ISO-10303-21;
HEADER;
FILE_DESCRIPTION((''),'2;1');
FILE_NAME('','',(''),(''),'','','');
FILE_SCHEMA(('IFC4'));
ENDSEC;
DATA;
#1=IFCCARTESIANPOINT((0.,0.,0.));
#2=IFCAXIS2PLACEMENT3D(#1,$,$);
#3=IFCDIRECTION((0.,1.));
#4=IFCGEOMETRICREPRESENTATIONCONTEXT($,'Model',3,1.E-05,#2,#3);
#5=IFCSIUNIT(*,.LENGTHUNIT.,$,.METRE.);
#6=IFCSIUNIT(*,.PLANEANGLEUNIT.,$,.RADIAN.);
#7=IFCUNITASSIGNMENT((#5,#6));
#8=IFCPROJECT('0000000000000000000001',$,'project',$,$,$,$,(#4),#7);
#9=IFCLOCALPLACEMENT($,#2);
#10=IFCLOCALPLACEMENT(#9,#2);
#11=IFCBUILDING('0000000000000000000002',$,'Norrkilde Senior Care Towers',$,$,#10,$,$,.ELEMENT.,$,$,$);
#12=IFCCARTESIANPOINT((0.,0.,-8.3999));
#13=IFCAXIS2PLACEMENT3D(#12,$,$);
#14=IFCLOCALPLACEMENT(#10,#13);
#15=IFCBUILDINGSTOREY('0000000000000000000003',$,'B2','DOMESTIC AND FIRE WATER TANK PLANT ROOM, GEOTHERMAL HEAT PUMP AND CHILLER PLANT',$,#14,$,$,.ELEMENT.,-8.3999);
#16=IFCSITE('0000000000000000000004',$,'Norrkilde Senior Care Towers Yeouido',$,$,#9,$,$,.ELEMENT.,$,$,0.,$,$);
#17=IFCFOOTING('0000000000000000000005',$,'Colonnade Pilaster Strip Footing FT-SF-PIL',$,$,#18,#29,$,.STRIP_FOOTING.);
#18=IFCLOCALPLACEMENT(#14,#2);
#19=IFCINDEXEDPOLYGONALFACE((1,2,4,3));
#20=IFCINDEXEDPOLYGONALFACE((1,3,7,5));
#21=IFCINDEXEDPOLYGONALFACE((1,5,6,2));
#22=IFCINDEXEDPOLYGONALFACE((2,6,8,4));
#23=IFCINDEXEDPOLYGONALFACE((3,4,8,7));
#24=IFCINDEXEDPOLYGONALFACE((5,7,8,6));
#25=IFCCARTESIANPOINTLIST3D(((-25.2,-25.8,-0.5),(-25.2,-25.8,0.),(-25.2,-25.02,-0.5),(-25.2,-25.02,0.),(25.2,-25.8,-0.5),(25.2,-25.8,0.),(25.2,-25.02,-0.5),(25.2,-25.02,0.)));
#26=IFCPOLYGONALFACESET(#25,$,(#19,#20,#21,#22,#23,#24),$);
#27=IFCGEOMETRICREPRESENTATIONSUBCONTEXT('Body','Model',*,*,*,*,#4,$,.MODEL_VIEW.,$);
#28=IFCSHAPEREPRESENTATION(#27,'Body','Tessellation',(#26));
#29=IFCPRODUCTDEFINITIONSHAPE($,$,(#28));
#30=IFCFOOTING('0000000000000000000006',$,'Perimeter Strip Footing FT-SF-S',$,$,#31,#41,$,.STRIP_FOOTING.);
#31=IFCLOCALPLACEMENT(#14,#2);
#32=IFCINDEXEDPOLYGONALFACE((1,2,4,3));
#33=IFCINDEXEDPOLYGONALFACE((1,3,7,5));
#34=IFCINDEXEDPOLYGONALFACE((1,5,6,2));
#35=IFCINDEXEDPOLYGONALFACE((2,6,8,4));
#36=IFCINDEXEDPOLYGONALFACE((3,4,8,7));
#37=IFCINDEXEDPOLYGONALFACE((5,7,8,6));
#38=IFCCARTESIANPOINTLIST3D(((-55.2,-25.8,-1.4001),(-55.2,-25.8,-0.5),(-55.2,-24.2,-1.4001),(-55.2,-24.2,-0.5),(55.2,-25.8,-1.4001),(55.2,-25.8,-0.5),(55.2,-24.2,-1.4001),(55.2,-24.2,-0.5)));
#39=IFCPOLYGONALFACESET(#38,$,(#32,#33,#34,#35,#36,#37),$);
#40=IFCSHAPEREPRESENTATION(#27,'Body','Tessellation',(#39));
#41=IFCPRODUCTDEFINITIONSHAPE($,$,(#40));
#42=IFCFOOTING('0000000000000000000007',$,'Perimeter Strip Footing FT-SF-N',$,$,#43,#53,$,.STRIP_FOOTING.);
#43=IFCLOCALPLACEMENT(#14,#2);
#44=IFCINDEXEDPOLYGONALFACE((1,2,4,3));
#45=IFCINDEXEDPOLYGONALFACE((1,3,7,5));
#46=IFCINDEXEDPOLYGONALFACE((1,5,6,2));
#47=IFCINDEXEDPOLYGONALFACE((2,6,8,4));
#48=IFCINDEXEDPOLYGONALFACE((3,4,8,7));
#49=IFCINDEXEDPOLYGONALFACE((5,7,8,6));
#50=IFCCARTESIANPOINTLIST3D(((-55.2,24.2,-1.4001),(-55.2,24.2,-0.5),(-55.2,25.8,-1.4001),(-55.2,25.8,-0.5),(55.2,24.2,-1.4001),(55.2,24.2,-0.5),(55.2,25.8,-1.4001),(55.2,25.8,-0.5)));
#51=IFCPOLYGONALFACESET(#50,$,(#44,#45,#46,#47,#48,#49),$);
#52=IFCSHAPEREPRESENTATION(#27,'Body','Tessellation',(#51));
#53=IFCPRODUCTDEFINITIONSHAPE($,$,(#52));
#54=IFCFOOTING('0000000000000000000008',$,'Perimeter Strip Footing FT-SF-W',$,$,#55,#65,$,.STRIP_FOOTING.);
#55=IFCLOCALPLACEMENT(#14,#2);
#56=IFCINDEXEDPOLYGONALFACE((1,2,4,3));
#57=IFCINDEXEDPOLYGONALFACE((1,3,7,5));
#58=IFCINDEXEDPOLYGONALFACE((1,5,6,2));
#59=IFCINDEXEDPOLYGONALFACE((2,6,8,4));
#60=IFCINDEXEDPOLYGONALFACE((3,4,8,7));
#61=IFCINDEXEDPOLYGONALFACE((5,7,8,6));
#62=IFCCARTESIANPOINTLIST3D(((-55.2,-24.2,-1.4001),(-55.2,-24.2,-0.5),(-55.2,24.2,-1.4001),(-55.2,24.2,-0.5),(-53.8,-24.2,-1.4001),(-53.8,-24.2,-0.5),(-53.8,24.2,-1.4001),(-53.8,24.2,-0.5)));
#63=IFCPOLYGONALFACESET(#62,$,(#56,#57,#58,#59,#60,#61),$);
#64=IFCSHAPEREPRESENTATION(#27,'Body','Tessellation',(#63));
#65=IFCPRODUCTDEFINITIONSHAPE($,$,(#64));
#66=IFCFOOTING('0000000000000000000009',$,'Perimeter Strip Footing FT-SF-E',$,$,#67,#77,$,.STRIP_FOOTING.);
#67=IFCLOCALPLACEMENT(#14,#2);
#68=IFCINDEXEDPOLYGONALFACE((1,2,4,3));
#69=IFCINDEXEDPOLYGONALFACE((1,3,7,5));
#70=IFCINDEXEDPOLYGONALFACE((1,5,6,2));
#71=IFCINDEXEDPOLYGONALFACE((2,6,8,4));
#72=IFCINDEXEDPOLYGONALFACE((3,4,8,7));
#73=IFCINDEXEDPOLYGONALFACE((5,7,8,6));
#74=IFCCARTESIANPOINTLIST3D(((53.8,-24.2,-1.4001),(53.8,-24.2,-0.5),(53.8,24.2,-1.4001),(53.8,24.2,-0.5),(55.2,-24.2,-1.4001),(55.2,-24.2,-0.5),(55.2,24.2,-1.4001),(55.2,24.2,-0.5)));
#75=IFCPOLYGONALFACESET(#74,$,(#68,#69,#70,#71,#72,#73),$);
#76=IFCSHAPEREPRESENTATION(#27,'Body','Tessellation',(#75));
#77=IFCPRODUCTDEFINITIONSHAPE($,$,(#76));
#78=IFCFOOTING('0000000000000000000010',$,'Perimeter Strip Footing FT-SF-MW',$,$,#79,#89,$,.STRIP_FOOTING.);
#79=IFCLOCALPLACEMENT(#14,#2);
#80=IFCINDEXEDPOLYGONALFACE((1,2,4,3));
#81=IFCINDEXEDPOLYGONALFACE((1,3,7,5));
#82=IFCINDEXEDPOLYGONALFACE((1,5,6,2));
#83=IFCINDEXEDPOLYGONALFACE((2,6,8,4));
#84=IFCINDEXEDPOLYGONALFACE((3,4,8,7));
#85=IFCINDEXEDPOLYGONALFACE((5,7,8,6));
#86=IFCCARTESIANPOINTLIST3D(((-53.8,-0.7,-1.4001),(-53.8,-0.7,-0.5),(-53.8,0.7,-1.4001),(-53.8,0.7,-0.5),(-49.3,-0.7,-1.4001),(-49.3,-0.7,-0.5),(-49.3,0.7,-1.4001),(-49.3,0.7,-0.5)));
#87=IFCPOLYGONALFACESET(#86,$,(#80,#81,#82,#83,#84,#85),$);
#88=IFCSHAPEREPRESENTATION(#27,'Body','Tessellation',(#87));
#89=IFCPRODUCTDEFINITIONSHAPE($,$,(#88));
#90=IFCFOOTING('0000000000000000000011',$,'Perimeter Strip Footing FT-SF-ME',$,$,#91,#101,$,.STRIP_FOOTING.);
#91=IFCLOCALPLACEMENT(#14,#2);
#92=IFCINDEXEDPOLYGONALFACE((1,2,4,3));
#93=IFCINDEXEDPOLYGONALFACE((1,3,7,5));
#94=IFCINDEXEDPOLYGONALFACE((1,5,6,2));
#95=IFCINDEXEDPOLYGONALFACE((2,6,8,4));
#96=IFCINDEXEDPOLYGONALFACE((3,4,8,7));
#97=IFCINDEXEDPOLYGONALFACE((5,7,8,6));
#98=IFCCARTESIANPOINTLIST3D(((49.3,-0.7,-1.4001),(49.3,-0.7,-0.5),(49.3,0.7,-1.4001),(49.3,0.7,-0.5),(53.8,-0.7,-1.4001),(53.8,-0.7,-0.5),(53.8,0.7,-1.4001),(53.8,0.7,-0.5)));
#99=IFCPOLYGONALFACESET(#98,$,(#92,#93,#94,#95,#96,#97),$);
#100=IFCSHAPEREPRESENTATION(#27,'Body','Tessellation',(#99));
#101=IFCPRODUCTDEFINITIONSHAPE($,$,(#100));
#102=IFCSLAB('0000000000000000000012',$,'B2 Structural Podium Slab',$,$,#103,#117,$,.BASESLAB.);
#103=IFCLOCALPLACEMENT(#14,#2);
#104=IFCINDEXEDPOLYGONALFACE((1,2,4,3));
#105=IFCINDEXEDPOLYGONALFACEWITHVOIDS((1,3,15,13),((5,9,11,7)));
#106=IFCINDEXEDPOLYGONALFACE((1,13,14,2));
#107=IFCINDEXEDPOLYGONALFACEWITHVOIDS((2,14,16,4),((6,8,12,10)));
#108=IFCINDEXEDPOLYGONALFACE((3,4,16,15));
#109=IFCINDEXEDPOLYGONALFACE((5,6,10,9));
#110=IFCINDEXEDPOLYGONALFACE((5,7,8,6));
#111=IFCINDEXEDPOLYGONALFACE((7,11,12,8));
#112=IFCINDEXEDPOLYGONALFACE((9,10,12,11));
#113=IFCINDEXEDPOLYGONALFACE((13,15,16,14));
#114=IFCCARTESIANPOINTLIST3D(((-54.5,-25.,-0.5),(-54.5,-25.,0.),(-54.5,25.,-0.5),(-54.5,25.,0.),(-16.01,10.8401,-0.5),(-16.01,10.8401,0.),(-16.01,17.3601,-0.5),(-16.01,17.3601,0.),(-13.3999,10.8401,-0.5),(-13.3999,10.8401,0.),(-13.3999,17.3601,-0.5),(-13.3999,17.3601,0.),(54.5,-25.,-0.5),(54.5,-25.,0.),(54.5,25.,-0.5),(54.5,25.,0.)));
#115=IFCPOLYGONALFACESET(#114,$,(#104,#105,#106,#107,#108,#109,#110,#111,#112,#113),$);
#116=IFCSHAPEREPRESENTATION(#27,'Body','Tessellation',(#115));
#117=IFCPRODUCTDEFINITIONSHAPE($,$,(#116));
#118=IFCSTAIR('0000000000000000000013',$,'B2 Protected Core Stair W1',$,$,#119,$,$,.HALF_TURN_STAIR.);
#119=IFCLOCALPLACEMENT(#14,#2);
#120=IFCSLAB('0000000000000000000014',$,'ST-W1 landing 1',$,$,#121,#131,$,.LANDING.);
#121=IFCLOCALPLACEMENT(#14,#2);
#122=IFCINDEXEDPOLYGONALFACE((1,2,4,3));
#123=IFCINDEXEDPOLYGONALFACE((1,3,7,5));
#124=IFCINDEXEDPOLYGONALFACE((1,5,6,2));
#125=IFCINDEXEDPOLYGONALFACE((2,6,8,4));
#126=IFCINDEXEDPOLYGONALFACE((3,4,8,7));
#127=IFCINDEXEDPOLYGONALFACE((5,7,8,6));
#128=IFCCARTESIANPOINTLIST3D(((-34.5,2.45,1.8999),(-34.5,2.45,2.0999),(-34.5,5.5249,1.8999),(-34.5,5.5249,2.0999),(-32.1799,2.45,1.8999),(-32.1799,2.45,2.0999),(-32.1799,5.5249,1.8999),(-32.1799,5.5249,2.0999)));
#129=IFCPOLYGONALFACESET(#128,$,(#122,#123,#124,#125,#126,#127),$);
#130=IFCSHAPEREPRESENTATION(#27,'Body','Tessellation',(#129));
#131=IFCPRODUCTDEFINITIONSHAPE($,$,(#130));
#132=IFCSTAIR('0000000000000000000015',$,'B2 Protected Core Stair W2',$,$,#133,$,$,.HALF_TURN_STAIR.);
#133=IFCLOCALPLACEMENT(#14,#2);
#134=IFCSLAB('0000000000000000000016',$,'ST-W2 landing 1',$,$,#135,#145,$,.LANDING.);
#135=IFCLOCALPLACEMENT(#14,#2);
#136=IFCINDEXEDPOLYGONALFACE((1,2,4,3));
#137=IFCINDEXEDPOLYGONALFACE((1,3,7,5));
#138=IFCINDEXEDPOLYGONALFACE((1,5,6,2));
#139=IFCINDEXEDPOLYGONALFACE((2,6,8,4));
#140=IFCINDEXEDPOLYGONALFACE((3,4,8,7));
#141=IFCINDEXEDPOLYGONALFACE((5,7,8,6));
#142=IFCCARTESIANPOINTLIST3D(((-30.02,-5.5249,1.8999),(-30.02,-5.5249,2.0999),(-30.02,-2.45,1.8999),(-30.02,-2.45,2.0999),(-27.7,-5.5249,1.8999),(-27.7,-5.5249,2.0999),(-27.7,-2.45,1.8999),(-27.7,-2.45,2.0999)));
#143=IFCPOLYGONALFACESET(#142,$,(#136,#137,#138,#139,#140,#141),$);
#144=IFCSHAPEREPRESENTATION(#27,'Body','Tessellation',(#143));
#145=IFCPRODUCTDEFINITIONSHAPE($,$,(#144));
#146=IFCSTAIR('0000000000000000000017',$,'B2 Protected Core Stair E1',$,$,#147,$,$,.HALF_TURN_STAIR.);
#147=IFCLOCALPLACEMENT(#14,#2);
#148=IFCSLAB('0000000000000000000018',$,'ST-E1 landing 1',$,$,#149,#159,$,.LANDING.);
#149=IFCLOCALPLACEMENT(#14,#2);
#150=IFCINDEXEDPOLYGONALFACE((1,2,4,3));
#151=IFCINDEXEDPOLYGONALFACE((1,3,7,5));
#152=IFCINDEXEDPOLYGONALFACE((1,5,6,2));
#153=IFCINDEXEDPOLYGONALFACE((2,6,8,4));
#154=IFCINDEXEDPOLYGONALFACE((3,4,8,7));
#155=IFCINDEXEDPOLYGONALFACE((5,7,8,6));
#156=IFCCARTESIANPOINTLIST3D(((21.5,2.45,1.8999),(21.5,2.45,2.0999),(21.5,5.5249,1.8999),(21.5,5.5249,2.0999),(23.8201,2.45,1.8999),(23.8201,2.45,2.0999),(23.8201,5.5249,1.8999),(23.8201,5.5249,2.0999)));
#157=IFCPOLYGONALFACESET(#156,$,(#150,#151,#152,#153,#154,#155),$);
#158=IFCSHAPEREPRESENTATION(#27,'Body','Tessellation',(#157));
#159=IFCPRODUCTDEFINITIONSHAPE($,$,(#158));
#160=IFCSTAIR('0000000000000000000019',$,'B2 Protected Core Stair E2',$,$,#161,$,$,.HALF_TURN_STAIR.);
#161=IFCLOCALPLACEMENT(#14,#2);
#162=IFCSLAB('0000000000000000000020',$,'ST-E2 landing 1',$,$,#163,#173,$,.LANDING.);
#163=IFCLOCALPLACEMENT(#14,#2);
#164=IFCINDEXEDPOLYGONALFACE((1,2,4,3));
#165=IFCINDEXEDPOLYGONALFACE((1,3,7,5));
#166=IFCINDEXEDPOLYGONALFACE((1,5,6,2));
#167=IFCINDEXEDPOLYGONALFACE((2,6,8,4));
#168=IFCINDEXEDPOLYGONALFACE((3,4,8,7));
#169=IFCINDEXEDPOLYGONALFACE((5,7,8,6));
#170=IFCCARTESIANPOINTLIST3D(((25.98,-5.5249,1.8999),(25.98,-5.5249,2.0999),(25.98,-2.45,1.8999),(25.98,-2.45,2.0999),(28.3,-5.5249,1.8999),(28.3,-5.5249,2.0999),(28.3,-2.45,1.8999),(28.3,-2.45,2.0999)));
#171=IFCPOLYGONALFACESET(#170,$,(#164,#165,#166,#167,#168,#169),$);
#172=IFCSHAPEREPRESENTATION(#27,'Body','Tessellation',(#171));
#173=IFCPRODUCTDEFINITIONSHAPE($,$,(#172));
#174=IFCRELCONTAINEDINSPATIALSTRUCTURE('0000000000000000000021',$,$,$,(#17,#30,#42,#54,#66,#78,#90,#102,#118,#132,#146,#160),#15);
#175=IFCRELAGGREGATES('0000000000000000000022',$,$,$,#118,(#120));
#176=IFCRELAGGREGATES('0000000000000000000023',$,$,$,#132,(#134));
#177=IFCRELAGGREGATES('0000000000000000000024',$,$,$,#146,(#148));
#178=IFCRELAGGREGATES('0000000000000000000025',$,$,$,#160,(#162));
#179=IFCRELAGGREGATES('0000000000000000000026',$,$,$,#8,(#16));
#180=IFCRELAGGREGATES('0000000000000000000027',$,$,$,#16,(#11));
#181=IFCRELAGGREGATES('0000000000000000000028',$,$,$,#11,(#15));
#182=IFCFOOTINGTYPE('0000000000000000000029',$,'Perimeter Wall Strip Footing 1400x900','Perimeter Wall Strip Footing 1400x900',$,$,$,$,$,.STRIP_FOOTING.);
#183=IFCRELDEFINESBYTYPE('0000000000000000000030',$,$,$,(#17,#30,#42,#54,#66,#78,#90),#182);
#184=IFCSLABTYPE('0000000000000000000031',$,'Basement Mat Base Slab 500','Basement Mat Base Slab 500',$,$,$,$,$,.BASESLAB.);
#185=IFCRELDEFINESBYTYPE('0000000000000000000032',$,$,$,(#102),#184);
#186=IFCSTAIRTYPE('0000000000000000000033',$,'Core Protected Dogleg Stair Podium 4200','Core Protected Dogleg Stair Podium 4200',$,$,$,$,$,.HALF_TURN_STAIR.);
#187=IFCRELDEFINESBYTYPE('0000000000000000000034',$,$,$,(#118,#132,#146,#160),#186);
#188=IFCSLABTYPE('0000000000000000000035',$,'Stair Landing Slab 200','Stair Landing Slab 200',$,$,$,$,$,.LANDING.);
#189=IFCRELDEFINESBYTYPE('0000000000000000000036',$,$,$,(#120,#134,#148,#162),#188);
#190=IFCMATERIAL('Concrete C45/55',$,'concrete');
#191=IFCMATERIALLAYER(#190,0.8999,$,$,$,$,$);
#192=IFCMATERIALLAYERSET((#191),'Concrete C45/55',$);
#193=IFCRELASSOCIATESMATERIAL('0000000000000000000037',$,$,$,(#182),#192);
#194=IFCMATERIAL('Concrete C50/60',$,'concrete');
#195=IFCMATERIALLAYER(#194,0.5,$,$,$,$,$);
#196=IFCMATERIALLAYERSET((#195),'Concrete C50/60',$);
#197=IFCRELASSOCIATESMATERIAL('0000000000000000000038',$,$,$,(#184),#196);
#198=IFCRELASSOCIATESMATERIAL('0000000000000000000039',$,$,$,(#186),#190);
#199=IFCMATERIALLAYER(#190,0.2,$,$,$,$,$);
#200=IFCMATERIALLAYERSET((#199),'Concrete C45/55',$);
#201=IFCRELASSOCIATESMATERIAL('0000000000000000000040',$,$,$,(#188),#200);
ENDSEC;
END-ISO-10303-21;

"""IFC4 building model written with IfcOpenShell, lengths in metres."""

from ifc_helpers import new_model, si_unit, direction, frame, origin, place, context, subcontext, project, spatial, polyline, outline, extrude, material, layer, layer_set, type_object, element, aggregate, save


model = new_model("IFC4")

# Units and contexts
model_context = context("Model", 3, precision=1e-05, world=origin(), true_north=direction((0.0, 1.0)))
body_context = subcontext(model_context, "Body", "Model", "MODEL_VIEW")
ifc_project = project(units=[si_unit("LENGTHUNIT", "METRE"), si_unit("PLANEANGLEUNIT", "RADIAN")], contexts=[model_context])

# Site, building, storey
site_placement = place(None, origin())
site = spatial("IfcSite", under=ifc_project, at=site_placement, Name="Norrkilde Senior Care Towers Yeouido", CompositionType="ELEMENT", RefElevation=0.0)
building_placement = place(site_placement, origin())
building = spatial("IfcBuilding", under=site, at=building_placement, Name="Norrkilde Senior Care Towers", CompositionType="ELEMENT")
storey_placement = place(building_placement, frame((0.0, 0.0, -8.3999)))
storey = spatial("IfcBuildingStorey", under=building, at=storey_placement, Name="B2", Description="DOMESTIC AND FIRE WATER TANK PLANT ROOM, GEOTHERMAL HEAT PUMP AND CHILLER PLANT", CompositionType="ELEMENT", Elevation=-8.3999)

# Footings
ifc_material_1 = material(Name="Concrete C50/60", Category="concrete")
ifc_material_2 = material(Name="Concrete C45/55", Category="concrete")
ifc_layer_1 = layer(ifc_material_2, 0.8999)
ifc_layer_set_1 = layer_set([ifc_layer_1], Name="Concrete C45/55")
footing_type_1 = type_object("IfcFootingType", Name="Perimeter Wall Strip Footing 1400x900", Description="Perimeter Wall Strip Footing 1400x900", PredefinedType="STRIP_FOOTING", material=ifc_layer_set_1)
footing_1_placement = place(storey_placement, frame((0.0, 0.0, -0.5)))
element("IfcFooting", 1, at=footing_1_placement, inside=storey, type_object=footing_type_1, Name="Colonnade Pilaster Strip Footing FT-SF-PIL", PredefinedType="STRIP_FOOTING", context=body_context, shape_type="SweptSolid", body=[
    extrude(outline(polyline([(-25.2, -25.8), (25.2, -25.8), (25.2, -25.02), (-25.2, -25.02), (-25.2, -25.8)])), origin(), (0.0, 0.0, 1.0), 0.5),
])
footing_2_placement = place(storey_placement, frame((0.0, 0.0, -1.4001)))
element("IfcFooting", 2, at=footing_2_placement, inside=storey, type_object=footing_type_1, Name="Perimeter Strip Footing FT-SF-S", PredefinedType="STRIP_FOOTING", context=body_context, shape_type="SweptSolid", body=[
    extrude(outline(polyline([(-55.2, -25.8), (55.2, -25.8), (55.2, -24.2), (-55.2, -24.2), (-55.2, -25.8)])), origin(), (0.0, 0.0, 1.0), 0.9001),
])
footing_3_placement = place(storey_placement, frame((0.0, 0.0, -1.4001)))
element("IfcFooting", 3, at=footing_3_placement, inside=storey, type_object=footing_type_1, Name="Perimeter Strip Footing FT-SF-N", PredefinedType="STRIP_FOOTING", context=body_context, shape_type="SweptSolid", body=[
    extrude(outline(polyline([(-55.2, 24.2), (55.2, 24.2), (55.2, 25.8), (-55.2, 25.8), (-55.2, 24.2)])), origin(), (0.0, 0.0, 1.0), 0.9001),
])
footing_4_placement = place(storey_placement, frame((0.0, 0.0, -1.4001)))
element("IfcFooting", 4, at=footing_4_placement, inside=storey, type_object=footing_type_1, Name="Perimeter Strip Footing FT-SF-W", PredefinedType="STRIP_FOOTING", context=body_context, shape_type="SweptSolid", body=[
    extrude(outline(polyline([(-55.2, -24.2), (-53.8, -24.2), (-53.8, 24.2), (-55.2, 24.2), (-55.2, -24.2)])), origin(), (0.0, 0.0, 1.0), 0.9001),
])
footing_5_placement = place(storey_placement, frame((0.0, 0.0, -1.4001)))
element("IfcFooting", 5, at=footing_5_placement, inside=storey, type_object=footing_type_1, Name="Perimeter Strip Footing FT-SF-E", PredefinedType="STRIP_FOOTING", context=body_context, shape_type="SweptSolid", body=[
    extrude(outline(polyline([(53.8, -24.2), (55.2, -24.2), (55.2, 24.2), (53.8, 24.2), (53.8, -24.2)])), origin(), (0.0, 0.0, 1.0), 0.9001),
])
footing_6_placement = place(storey_placement, frame((0.0, 0.0, -1.4001)))
element("IfcFooting", 6, at=footing_6_placement, inside=storey, type_object=footing_type_1, Name="Perimeter Strip Footing FT-SF-MW", PredefinedType="STRIP_FOOTING", context=body_context, shape_type="SweptSolid", body=[
    extrude(outline(polyline([(-53.8, -0.7), (-49.3, -0.7), (-49.3, 0.7), (-53.8, 0.7), (-53.8, -0.7)])), origin(), (0.0, 0.0, 1.0), 0.9001),
])
footing_7_placement = place(storey_placement, frame((0.0, 0.0, -1.4001)))
element("IfcFooting", 7, at=footing_7_placement, inside=storey, type_object=footing_type_1, Name="Perimeter Strip Footing FT-SF-ME", PredefinedType="STRIP_FOOTING", context=body_context, shape_type="SweptSolid", body=[
    extrude(outline(polyline([(49.3, -0.7), (53.8, -0.7), (53.8, 0.7), (49.3, 0.7), (49.3, -0.7)])), origin(), (0.0, 0.0, 1.0), 0.9001),
])

# Slab
ifc_layer_2 = layer(ifc_material_1, 0.5)
ifc_layer_set_2 = layer_set([ifc_layer_2], Name="Concrete C50/60")
slab_type_1 = type_object("IfcSlabType", Name="Basement Mat Base Slab 500", Description="Basement Mat Base Slab 500", PredefinedType="BASESLAB", material=ifc_layer_set_2)
slab_1_placement = place(storey_placement, frame((0.0, 0.0, -0.5)))
element("IfcSlab", 8, at=slab_1_placement, inside=storey, type_object=slab_type_1, Name="B2 Structural Podium Slab", PredefinedType="BASESLAB", context=body_context, shape_type="SweptSolid", body=[
    extrude(outline(polyline([(-54.5, -25.0), (-54.5, 25.0), (54.5, 25.0), (54.5, -25.0), (-54.5, -25.0)]), holes=[polyline([(-13.3999, 17.3601), (-16.01, 17.3601), (-16.01, 10.8401), (-13.3999, 10.8401), (-13.3999, 17.3601)])]), origin(), (0.0, 0.0, 1.0), 0.5),
])

# Stairs, slabs
stair_type = type_object("IfcStairType", Name="Core Protected Dogleg Stair Podium 4200", Description="Core Protected Dogleg Stair Podium 4200", PredefinedType="HALF_TURN_STAIR", material=ifc_material_2)
stair_1_placement = place(storey_placement, origin())
stair_1 = element("IfcStair", 9, at=stair_1_placement, inside=storey, type_object=stair_type, Name="B2 Protected Core Stair W1", PredefinedType="HALF_TURN_STAIR")
ifc_layer_3 = layer(ifc_material_2, 0.2)
ifc_layer_set_3 = layer_set([ifc_layer_3], Name="Concrete C45/55")
slab_type_2 = type_object("IfcSlabType", Name="Stair Landing Slab 200", Description="Stair Landing Slab 200", PredefinedType="LANDING", material=ifc_layer_set_3)
slab_2_placement = place(storey_placement, frame((0.0, 0.0, 1.8999)))
slab_2 = element("IfcSlab", 10, at=slab_2_placement, type_object=slab_type_2, Name="ST-W1 landing 1", PredefinedType="LANDING", context=body_context, shape_type="SweptSolid", body=[
    extrude(outline(polyline([(-32.1799, 5.5249), (-34.5, 5.5249), (-34.5, 2.45), (-32.1799, 2.45), (-32.1799, 5.5249)])), origin(), (0.0, 0.0, 1.0), 0.2),
])
aggregate(stair_1, [slab_2])
stair_2_placement = place(storey_placement, origin())
stair_2 = element("IfcStair", 11, at=stair_2_placement, inside=storey, type_object=stair_type, Name="B2 Protected Core Stair W2", PredefinedType="HALF_TURN_STAIR")
slab_3_placement = place(storey_placement, frame((0.0, 0.0, 1.8999)))
slab_3 = element("IfcSlab", 12, at=slab_3_placement, type_object=slab_type_2, Name="ST-W2 landing 1", PredefinedType="LANDING", context=body_context, shape_type="SweptSolid", body=[
    extrude(outline(polyline([(-30.02, -5.5249), (-27.7, -5.5249), (-27.7, -2.45), (-30.02, -2.45), (-30.02, -5.5249)])), origin(), (0.0, 0.0, 1.0), 0.2),
])
aggregate(stair_2, [slab_3])
stair_3_placement = place(storey_placement, origin())
stair_3 = element("IfcStair", 13, at=stair_3_placement, inside=storey, type_object=stair_type, Name="B2 Protected Core Stair E1", PredefinedType="HALF_TURN_STAIR")
slab_4_placement = place(storey_placement, frame((0.0, 0.0, 1.8999)))
slab_4 = element("IfcSlab", 14, at=slab_4_placement, type_object=slab_type_2, Name="ST-E1 landing 1", PredefinedType="LANDING", context=body_context, shape_type="SweptSolid", body=[
    extrude(outline(polyline([(23.8201, 5.5249), (21.5, 5.5249), (21.5, 2.45), (23.8201, 2.45), (23.8201, 5.5249)])), origin(), (0.0, 0.0, 1.0), 0.2),
])
aggregate(stair_3, [slab_4])
stair_4_placement = place(storey_placement, origin())
stair_4 = element("IfcStair", 15, at=stair_4_placement, inside=storey, type_object=stair_type, Name="B2 Protected Core Stair E2", PredefinedType="HALF_TURN_STAIR")
slab_5_placement = place(storey_placement, frame((0.0, 0.0, 1.8999)))
slab_5 = element("IfcSlab", 16, at=slab_5_placement, type_object=slab_type_2, Name="ST-E2 landing 1", PredefinedType="LANDING", context=body_context, shape_type="SweptSolid", body=[
    extrude(outline(polyline([(25.98, -5.5249), (28.3, -5.5249), (28.3, -2.45), (25.98, -2.45), (25.98, -5.5249)])), origin(), (0.0, 0.0, 1.0), 0.2),
])
aggregate(stair_4, [slab_5])

save(model, "model.ifc")
